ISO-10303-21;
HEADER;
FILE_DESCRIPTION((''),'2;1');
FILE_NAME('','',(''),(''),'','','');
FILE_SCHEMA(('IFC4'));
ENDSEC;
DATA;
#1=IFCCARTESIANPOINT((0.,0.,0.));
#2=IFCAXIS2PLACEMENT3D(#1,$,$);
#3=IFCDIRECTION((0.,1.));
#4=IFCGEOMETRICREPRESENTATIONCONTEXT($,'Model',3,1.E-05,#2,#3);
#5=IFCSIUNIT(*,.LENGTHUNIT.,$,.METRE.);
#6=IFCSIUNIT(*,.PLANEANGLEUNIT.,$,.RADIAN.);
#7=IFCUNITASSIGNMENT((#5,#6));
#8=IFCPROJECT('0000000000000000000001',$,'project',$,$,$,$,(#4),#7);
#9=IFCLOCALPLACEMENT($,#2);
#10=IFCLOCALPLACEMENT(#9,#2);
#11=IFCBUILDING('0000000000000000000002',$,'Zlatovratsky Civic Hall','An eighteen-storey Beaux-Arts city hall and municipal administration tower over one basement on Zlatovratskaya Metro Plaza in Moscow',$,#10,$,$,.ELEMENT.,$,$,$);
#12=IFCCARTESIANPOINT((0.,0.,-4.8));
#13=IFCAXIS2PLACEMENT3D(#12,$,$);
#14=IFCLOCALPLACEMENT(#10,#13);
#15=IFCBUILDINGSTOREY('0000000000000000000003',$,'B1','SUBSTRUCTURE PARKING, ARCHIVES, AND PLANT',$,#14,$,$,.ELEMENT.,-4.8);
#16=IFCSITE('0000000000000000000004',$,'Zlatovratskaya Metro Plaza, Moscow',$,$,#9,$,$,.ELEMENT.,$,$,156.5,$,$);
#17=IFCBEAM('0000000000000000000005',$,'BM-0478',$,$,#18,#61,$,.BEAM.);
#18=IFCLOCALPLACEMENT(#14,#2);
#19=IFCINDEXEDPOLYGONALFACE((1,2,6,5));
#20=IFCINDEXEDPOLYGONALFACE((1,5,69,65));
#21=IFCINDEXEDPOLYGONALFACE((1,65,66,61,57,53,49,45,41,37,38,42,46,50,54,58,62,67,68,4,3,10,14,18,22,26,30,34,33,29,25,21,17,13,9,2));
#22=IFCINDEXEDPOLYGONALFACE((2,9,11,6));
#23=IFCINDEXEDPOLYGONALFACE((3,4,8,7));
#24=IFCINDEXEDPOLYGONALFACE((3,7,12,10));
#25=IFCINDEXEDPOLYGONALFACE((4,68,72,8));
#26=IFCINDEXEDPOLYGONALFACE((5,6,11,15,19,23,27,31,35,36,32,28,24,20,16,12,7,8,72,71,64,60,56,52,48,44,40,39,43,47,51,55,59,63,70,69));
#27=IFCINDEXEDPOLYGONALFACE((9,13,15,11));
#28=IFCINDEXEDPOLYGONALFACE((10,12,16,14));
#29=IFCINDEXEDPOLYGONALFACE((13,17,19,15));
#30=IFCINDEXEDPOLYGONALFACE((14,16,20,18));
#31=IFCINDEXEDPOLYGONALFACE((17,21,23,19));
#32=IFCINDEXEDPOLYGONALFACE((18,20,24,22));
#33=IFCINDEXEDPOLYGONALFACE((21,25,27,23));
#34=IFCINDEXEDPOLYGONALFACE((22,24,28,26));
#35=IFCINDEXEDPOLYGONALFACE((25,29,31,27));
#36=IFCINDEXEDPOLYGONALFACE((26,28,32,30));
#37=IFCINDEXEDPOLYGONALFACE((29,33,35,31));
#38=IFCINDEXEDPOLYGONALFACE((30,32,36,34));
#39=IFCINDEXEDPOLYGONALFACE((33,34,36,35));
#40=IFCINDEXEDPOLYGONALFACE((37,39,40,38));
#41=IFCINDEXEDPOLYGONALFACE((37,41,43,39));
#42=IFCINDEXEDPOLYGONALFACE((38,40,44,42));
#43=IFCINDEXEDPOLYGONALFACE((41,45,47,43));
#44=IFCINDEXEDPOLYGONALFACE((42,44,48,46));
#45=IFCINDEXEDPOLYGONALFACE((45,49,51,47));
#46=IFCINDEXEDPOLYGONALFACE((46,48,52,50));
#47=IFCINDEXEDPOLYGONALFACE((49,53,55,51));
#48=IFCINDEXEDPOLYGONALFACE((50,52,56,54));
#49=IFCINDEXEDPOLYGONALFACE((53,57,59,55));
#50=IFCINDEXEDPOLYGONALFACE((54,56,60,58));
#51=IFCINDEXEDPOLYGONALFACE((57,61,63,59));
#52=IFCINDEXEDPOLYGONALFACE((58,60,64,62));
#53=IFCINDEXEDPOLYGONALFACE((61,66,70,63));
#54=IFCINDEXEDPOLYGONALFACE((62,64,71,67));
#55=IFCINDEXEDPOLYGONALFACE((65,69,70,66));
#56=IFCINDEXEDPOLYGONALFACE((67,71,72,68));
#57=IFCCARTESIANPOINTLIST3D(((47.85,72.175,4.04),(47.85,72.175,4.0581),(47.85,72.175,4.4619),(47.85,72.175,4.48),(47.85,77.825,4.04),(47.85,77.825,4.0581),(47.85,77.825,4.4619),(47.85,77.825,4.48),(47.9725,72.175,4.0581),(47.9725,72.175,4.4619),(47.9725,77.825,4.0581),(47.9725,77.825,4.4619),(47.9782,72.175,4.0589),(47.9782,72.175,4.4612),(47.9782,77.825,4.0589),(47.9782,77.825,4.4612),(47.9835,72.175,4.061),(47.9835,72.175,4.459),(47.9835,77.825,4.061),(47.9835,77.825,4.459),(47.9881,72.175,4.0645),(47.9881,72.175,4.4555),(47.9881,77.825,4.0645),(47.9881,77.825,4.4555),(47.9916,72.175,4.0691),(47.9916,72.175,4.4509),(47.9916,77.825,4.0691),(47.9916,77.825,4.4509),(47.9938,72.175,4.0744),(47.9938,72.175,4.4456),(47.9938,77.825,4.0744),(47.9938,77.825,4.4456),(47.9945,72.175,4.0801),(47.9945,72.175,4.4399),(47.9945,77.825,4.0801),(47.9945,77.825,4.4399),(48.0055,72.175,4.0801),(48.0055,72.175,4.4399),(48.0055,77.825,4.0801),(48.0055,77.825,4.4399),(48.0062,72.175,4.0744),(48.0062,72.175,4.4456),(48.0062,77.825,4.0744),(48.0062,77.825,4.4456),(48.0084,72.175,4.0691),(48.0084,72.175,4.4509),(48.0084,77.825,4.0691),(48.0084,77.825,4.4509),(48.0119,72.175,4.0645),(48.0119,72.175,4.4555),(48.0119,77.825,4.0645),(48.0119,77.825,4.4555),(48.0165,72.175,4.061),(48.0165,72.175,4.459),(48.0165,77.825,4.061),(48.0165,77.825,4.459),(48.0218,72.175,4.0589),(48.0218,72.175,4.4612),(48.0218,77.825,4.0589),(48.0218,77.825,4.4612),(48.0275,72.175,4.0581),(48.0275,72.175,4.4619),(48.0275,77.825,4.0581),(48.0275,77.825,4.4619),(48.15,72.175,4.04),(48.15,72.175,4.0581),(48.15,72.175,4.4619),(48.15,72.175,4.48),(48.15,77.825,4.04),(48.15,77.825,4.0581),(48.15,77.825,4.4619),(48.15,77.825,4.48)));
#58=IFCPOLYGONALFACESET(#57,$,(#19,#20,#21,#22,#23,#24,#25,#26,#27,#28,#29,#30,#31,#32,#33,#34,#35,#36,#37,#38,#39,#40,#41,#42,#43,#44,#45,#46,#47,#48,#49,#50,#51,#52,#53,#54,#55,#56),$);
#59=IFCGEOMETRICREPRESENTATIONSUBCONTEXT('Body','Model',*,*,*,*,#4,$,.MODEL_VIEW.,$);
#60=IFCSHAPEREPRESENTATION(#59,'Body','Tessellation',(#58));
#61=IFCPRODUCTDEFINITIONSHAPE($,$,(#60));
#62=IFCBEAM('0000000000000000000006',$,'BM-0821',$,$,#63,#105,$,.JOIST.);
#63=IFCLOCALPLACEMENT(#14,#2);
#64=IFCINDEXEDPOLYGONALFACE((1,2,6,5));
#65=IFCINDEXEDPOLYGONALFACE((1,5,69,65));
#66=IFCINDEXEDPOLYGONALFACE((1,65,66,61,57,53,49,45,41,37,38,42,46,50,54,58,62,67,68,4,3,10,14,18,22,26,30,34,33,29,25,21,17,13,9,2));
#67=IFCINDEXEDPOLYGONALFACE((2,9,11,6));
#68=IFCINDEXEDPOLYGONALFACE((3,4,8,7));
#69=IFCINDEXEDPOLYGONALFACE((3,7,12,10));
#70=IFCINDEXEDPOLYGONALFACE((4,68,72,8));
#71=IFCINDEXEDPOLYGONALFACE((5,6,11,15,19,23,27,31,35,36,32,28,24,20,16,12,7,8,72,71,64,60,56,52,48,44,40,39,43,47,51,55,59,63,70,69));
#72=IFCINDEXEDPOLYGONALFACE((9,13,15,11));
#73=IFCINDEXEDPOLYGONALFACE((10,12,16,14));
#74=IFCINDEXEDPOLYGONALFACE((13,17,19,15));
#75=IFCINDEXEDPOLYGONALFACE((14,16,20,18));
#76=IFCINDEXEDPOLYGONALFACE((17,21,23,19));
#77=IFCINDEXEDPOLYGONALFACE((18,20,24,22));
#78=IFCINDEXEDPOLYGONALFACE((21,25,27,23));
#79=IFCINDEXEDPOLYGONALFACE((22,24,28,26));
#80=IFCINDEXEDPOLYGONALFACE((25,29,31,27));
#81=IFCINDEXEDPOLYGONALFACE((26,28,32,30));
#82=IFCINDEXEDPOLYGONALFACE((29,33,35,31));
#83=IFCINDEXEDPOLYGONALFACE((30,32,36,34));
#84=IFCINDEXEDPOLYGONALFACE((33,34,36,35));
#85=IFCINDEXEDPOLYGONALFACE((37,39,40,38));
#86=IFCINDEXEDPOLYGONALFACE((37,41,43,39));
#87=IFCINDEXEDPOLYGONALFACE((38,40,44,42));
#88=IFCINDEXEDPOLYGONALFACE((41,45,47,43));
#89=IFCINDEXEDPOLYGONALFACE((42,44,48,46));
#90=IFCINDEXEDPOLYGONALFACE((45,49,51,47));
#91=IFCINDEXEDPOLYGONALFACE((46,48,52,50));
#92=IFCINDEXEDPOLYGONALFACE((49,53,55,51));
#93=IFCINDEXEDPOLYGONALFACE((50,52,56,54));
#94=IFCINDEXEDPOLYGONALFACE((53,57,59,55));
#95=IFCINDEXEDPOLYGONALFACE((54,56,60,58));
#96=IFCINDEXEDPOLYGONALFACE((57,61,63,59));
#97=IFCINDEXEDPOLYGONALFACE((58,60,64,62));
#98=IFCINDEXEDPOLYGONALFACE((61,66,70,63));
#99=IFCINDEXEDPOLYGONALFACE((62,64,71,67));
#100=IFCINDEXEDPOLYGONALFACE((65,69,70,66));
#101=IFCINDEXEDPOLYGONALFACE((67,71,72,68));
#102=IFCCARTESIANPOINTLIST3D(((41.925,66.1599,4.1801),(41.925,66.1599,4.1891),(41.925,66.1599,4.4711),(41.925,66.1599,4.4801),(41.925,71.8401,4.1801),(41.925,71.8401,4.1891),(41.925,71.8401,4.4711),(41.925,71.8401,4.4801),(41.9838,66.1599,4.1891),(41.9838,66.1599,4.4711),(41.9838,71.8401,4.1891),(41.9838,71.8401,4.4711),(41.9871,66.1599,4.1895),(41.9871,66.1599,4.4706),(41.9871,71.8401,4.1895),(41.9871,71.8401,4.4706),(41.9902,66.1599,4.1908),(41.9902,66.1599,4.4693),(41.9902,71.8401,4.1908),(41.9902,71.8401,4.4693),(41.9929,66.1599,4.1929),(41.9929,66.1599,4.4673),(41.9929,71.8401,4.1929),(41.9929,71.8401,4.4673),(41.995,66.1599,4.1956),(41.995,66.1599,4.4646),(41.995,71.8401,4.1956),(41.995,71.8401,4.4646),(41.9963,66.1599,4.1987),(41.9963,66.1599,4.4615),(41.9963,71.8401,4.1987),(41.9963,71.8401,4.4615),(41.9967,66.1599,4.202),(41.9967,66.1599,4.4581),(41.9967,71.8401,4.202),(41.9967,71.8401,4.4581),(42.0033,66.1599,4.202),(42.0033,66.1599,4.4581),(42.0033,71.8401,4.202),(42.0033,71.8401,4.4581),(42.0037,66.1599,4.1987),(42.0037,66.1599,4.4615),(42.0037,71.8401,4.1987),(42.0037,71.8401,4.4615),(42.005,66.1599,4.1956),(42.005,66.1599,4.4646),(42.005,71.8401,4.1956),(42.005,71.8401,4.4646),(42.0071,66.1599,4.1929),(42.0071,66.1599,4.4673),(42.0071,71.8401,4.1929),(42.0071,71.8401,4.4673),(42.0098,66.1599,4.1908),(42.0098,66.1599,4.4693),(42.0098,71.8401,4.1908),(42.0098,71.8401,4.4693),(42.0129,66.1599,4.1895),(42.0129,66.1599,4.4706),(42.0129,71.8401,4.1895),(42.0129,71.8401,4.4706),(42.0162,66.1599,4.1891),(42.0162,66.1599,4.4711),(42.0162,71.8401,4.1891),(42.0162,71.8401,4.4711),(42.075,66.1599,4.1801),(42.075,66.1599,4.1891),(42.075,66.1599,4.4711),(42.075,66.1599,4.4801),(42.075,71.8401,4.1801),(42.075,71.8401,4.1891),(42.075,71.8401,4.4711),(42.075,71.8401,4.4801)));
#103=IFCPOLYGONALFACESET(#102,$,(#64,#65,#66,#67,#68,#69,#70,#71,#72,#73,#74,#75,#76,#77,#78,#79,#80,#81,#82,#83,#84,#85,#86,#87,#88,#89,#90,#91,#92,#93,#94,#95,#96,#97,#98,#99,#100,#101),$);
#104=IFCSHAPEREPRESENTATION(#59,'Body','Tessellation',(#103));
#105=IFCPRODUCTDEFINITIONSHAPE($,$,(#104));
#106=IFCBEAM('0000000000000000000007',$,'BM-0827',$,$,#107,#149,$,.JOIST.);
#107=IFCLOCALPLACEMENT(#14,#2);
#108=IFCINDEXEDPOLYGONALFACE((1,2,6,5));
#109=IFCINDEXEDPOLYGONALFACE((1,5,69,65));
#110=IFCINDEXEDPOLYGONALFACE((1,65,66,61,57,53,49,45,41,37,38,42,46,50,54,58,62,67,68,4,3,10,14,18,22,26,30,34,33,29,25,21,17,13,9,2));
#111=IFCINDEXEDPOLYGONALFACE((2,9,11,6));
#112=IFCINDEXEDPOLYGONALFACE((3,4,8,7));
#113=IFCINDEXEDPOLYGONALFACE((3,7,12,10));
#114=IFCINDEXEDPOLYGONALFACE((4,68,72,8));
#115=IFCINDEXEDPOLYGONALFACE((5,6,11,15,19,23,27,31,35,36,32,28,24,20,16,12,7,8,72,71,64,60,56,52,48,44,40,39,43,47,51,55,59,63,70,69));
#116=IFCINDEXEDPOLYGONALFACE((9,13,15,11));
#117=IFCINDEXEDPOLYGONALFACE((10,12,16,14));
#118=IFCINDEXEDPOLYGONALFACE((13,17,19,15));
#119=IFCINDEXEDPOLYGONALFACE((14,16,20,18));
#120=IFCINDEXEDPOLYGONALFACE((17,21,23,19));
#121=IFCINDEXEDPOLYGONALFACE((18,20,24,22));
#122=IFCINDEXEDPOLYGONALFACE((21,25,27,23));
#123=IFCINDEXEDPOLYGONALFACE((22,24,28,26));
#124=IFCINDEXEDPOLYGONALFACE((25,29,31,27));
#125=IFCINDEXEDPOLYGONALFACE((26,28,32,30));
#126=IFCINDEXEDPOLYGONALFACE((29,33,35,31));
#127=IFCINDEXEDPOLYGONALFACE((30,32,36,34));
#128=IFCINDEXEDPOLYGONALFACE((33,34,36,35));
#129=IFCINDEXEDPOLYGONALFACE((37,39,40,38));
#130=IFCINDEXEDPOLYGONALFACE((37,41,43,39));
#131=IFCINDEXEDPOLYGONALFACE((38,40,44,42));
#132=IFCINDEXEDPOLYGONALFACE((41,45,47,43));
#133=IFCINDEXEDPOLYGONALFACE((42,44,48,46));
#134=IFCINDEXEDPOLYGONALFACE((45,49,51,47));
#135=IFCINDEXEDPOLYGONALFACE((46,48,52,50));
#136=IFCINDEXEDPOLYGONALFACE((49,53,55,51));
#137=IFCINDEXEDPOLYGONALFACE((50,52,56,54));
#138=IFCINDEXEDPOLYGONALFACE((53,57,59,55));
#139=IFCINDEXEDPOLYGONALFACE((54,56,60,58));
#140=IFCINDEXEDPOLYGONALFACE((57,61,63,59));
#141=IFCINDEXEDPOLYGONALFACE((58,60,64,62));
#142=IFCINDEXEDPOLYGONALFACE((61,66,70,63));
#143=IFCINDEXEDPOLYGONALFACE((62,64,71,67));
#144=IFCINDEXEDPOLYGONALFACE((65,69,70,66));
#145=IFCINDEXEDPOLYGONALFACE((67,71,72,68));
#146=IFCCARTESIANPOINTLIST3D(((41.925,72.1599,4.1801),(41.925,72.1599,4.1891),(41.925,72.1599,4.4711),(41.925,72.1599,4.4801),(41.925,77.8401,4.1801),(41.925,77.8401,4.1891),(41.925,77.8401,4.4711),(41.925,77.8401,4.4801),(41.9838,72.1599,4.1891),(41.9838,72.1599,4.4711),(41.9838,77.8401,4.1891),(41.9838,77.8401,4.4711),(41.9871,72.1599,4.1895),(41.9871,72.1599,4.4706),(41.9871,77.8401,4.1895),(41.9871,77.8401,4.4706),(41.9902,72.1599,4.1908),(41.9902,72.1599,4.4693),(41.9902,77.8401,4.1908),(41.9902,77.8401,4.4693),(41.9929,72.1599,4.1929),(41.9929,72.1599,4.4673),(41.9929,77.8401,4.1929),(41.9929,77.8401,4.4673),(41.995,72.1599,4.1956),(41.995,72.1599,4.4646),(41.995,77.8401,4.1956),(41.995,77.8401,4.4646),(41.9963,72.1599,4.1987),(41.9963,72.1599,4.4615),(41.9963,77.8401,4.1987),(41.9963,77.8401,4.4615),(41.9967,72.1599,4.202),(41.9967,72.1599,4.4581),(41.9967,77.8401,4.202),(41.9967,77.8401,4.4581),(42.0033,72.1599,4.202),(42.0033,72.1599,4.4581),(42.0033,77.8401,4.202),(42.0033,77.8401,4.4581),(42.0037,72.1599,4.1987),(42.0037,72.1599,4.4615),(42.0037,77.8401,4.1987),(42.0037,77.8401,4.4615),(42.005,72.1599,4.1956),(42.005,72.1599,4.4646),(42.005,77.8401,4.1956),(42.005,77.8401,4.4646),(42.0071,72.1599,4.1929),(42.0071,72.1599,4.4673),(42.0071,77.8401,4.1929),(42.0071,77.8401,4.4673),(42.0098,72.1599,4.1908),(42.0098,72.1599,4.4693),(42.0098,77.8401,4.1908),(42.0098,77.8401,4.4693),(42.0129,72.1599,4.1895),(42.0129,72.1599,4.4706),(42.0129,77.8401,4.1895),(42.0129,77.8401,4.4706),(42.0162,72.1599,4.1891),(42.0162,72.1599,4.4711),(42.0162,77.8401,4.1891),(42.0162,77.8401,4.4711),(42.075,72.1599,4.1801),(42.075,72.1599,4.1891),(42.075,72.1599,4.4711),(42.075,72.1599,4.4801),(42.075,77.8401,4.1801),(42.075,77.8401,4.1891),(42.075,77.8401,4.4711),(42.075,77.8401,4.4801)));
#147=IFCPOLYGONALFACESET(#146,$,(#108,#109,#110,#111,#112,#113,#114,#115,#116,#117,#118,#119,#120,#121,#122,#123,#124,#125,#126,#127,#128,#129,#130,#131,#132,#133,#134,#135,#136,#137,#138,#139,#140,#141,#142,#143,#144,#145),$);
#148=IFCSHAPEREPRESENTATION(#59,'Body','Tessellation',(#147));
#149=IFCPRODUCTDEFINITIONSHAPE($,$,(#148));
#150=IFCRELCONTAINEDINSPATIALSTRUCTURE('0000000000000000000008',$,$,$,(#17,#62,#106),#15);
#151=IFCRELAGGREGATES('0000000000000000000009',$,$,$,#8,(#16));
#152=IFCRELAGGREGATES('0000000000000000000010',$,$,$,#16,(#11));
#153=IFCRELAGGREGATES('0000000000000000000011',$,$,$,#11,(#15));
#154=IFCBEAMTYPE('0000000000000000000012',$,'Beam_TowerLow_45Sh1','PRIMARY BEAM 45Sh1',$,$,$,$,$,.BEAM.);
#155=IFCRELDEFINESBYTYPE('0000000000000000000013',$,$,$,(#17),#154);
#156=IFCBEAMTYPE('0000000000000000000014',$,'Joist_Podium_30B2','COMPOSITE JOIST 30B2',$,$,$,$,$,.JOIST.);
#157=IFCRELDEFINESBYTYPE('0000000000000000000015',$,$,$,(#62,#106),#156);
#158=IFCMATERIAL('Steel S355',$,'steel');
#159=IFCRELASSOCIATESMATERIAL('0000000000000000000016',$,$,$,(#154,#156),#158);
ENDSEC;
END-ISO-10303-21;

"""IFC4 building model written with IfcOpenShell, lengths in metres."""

from ifc_helpers import new_model, si_unit, direction, frame, origin, origin_2d, place, context, subcontext, project, spatial, i_section, extrude, material, material_profile, profile_set, type_object, element, save


model = new_model("IFC4")

# Units and contexts
model_context = context("Model", 3, precision=1e-05, world=origin(), true_north=direction((0.0, 1.0)))
body_context = subcontext(model_context, "Body", "Model", "MODEL_VIEW")
ifc_project = project(units=[si_unit("LENGTHUNIT", "METRE"), si_unit("PLANEANGLEUNIT", "RADIAN")], contexts=[model_context])

# Site, building, storey
site_placement = place(None, origin())
site = spatial("IfcSite", under=ifc_project, at=site_placement, Name="Zlatovratskaya Metro Plaza, Moscow", CompositionType="ELEMENT", RefElevation=156.5)
building_placement = place(site_placement, origin())
building = spatial("IfcBuilding", under=site, at=building_placement, Name="Zlatovratsky Civic Hall", Description="An eighteen-storey Beaux-Arts city hall and municipal administration tower over one basement on Zlatovratskaya Metro Plaza in Moscow", CompositionType="ELEMENT")
storey_placement = place(building_placement, frame((0.0, 0.0, -4.8)))
storey = spatial("IfcBuildingStorey", under=building, at=storey_placement, Name="B1", Description="SUBSTRUCTURE PARKING, ARCHIVES, AND PLANT", CompositionType="ELEMENT", Elevation=-4.8)

# Shared definitions
ifc_material_1 = material(Name="Steel S355", Category="steel")

# Beams
ifc_material_profile_1 = material_profile(ifc_material_1, i_section(OverallWidth=0.3, OverallDepth=0.4399, WebThickness=0.011, FlangeThickness=0.0181, FilletRadius=0.022, at=origin_2d()), Name="45Sh1")
ifc_profile_set_1 = profile_set([ifc_material_profile_1], Name="Steel S355")
beam_type_1 = type_object("IfcBeamType", Name="Beam_TowerLow_45Sh1", Description="PRIMARY BEAM 45Sh1", PredefinedType="BEAM", material=ifc_profile_set_1)
for number, where, z_axis, x_axis, name in (
    (1, (48.0, 72.175, 4.26), (0.0, 1.0, 0.0), (-1.0, 0.0, 0.0), "BM-0478"),
):
    element("IfcBeam", number, at=place(storey_placement, frame(where, z_axis=z_axis, x_axis=x_axis)), inside=storey, type_object=beam_type_1, Name=name, PredefinedType="BEAM", context=body_context, shape_type="SweptSolid", body=[
        extrude(i_section(OverallWidth=0.3, OverallDepth=0.4399, WebThickness=0.011, FlangeThickness=0.0181, FilletRadius=0.022, at=origin_2d()), origin(), (0.0, 0.0, 1.0), 5.6499),
    ])
ifc_material_profile_2 = material_profile(ifc_material_1, i_section(OverallWidth=0.1499, OverallDepth=0.3, WebThickness=0.0066, FlangeThickness=0.009, FilletRadius=0.0129, at=origin_2d()), Name="30B2")
ifc_profile_set_2 = profile_set([ifc_material_profile_2], Name="Steel S355")
beam_type_2 = type_object("IfcBeamType", Name="Joist_Podium_30B2", Description="COMPOSITE JOIST 30B2", PredefinedType="JOIST", material=ifc_profile_set_2)
for number, where, z_axis, x_axis, name in (
    (2, (42.0, 66.1599, 4.3301), (0.0, 1.0, 0.0), (-1.0, 0.0, 0.0), "BM-0821"),
    (3, (42.0, 72.1599, 4.3301), (0.0, 1.0, 0.0), (-1.0, 0.0, 0.0), "BM-0827"),
):
    element("IfcBeam", number, at=place(storey_placement, frame(where, z_axis=z_axis, x_axis=x_axis)), inside=storey, type_object=beam_type_2, Name=name, PredefinedType="JOIST", context=body_context, shape_type="SweptSolid", body=[
        extrude(i_section(OverallWidth=0.1499, OverallDepth=0.3, WebThickness=0.0066, FlangeThickness=0.009, FilletRadius=0.0129, at=origin_2d()), origin(), (0.0, 0.0, 1.0), 5.6802),
    ])

save(model, "model.ifc")
